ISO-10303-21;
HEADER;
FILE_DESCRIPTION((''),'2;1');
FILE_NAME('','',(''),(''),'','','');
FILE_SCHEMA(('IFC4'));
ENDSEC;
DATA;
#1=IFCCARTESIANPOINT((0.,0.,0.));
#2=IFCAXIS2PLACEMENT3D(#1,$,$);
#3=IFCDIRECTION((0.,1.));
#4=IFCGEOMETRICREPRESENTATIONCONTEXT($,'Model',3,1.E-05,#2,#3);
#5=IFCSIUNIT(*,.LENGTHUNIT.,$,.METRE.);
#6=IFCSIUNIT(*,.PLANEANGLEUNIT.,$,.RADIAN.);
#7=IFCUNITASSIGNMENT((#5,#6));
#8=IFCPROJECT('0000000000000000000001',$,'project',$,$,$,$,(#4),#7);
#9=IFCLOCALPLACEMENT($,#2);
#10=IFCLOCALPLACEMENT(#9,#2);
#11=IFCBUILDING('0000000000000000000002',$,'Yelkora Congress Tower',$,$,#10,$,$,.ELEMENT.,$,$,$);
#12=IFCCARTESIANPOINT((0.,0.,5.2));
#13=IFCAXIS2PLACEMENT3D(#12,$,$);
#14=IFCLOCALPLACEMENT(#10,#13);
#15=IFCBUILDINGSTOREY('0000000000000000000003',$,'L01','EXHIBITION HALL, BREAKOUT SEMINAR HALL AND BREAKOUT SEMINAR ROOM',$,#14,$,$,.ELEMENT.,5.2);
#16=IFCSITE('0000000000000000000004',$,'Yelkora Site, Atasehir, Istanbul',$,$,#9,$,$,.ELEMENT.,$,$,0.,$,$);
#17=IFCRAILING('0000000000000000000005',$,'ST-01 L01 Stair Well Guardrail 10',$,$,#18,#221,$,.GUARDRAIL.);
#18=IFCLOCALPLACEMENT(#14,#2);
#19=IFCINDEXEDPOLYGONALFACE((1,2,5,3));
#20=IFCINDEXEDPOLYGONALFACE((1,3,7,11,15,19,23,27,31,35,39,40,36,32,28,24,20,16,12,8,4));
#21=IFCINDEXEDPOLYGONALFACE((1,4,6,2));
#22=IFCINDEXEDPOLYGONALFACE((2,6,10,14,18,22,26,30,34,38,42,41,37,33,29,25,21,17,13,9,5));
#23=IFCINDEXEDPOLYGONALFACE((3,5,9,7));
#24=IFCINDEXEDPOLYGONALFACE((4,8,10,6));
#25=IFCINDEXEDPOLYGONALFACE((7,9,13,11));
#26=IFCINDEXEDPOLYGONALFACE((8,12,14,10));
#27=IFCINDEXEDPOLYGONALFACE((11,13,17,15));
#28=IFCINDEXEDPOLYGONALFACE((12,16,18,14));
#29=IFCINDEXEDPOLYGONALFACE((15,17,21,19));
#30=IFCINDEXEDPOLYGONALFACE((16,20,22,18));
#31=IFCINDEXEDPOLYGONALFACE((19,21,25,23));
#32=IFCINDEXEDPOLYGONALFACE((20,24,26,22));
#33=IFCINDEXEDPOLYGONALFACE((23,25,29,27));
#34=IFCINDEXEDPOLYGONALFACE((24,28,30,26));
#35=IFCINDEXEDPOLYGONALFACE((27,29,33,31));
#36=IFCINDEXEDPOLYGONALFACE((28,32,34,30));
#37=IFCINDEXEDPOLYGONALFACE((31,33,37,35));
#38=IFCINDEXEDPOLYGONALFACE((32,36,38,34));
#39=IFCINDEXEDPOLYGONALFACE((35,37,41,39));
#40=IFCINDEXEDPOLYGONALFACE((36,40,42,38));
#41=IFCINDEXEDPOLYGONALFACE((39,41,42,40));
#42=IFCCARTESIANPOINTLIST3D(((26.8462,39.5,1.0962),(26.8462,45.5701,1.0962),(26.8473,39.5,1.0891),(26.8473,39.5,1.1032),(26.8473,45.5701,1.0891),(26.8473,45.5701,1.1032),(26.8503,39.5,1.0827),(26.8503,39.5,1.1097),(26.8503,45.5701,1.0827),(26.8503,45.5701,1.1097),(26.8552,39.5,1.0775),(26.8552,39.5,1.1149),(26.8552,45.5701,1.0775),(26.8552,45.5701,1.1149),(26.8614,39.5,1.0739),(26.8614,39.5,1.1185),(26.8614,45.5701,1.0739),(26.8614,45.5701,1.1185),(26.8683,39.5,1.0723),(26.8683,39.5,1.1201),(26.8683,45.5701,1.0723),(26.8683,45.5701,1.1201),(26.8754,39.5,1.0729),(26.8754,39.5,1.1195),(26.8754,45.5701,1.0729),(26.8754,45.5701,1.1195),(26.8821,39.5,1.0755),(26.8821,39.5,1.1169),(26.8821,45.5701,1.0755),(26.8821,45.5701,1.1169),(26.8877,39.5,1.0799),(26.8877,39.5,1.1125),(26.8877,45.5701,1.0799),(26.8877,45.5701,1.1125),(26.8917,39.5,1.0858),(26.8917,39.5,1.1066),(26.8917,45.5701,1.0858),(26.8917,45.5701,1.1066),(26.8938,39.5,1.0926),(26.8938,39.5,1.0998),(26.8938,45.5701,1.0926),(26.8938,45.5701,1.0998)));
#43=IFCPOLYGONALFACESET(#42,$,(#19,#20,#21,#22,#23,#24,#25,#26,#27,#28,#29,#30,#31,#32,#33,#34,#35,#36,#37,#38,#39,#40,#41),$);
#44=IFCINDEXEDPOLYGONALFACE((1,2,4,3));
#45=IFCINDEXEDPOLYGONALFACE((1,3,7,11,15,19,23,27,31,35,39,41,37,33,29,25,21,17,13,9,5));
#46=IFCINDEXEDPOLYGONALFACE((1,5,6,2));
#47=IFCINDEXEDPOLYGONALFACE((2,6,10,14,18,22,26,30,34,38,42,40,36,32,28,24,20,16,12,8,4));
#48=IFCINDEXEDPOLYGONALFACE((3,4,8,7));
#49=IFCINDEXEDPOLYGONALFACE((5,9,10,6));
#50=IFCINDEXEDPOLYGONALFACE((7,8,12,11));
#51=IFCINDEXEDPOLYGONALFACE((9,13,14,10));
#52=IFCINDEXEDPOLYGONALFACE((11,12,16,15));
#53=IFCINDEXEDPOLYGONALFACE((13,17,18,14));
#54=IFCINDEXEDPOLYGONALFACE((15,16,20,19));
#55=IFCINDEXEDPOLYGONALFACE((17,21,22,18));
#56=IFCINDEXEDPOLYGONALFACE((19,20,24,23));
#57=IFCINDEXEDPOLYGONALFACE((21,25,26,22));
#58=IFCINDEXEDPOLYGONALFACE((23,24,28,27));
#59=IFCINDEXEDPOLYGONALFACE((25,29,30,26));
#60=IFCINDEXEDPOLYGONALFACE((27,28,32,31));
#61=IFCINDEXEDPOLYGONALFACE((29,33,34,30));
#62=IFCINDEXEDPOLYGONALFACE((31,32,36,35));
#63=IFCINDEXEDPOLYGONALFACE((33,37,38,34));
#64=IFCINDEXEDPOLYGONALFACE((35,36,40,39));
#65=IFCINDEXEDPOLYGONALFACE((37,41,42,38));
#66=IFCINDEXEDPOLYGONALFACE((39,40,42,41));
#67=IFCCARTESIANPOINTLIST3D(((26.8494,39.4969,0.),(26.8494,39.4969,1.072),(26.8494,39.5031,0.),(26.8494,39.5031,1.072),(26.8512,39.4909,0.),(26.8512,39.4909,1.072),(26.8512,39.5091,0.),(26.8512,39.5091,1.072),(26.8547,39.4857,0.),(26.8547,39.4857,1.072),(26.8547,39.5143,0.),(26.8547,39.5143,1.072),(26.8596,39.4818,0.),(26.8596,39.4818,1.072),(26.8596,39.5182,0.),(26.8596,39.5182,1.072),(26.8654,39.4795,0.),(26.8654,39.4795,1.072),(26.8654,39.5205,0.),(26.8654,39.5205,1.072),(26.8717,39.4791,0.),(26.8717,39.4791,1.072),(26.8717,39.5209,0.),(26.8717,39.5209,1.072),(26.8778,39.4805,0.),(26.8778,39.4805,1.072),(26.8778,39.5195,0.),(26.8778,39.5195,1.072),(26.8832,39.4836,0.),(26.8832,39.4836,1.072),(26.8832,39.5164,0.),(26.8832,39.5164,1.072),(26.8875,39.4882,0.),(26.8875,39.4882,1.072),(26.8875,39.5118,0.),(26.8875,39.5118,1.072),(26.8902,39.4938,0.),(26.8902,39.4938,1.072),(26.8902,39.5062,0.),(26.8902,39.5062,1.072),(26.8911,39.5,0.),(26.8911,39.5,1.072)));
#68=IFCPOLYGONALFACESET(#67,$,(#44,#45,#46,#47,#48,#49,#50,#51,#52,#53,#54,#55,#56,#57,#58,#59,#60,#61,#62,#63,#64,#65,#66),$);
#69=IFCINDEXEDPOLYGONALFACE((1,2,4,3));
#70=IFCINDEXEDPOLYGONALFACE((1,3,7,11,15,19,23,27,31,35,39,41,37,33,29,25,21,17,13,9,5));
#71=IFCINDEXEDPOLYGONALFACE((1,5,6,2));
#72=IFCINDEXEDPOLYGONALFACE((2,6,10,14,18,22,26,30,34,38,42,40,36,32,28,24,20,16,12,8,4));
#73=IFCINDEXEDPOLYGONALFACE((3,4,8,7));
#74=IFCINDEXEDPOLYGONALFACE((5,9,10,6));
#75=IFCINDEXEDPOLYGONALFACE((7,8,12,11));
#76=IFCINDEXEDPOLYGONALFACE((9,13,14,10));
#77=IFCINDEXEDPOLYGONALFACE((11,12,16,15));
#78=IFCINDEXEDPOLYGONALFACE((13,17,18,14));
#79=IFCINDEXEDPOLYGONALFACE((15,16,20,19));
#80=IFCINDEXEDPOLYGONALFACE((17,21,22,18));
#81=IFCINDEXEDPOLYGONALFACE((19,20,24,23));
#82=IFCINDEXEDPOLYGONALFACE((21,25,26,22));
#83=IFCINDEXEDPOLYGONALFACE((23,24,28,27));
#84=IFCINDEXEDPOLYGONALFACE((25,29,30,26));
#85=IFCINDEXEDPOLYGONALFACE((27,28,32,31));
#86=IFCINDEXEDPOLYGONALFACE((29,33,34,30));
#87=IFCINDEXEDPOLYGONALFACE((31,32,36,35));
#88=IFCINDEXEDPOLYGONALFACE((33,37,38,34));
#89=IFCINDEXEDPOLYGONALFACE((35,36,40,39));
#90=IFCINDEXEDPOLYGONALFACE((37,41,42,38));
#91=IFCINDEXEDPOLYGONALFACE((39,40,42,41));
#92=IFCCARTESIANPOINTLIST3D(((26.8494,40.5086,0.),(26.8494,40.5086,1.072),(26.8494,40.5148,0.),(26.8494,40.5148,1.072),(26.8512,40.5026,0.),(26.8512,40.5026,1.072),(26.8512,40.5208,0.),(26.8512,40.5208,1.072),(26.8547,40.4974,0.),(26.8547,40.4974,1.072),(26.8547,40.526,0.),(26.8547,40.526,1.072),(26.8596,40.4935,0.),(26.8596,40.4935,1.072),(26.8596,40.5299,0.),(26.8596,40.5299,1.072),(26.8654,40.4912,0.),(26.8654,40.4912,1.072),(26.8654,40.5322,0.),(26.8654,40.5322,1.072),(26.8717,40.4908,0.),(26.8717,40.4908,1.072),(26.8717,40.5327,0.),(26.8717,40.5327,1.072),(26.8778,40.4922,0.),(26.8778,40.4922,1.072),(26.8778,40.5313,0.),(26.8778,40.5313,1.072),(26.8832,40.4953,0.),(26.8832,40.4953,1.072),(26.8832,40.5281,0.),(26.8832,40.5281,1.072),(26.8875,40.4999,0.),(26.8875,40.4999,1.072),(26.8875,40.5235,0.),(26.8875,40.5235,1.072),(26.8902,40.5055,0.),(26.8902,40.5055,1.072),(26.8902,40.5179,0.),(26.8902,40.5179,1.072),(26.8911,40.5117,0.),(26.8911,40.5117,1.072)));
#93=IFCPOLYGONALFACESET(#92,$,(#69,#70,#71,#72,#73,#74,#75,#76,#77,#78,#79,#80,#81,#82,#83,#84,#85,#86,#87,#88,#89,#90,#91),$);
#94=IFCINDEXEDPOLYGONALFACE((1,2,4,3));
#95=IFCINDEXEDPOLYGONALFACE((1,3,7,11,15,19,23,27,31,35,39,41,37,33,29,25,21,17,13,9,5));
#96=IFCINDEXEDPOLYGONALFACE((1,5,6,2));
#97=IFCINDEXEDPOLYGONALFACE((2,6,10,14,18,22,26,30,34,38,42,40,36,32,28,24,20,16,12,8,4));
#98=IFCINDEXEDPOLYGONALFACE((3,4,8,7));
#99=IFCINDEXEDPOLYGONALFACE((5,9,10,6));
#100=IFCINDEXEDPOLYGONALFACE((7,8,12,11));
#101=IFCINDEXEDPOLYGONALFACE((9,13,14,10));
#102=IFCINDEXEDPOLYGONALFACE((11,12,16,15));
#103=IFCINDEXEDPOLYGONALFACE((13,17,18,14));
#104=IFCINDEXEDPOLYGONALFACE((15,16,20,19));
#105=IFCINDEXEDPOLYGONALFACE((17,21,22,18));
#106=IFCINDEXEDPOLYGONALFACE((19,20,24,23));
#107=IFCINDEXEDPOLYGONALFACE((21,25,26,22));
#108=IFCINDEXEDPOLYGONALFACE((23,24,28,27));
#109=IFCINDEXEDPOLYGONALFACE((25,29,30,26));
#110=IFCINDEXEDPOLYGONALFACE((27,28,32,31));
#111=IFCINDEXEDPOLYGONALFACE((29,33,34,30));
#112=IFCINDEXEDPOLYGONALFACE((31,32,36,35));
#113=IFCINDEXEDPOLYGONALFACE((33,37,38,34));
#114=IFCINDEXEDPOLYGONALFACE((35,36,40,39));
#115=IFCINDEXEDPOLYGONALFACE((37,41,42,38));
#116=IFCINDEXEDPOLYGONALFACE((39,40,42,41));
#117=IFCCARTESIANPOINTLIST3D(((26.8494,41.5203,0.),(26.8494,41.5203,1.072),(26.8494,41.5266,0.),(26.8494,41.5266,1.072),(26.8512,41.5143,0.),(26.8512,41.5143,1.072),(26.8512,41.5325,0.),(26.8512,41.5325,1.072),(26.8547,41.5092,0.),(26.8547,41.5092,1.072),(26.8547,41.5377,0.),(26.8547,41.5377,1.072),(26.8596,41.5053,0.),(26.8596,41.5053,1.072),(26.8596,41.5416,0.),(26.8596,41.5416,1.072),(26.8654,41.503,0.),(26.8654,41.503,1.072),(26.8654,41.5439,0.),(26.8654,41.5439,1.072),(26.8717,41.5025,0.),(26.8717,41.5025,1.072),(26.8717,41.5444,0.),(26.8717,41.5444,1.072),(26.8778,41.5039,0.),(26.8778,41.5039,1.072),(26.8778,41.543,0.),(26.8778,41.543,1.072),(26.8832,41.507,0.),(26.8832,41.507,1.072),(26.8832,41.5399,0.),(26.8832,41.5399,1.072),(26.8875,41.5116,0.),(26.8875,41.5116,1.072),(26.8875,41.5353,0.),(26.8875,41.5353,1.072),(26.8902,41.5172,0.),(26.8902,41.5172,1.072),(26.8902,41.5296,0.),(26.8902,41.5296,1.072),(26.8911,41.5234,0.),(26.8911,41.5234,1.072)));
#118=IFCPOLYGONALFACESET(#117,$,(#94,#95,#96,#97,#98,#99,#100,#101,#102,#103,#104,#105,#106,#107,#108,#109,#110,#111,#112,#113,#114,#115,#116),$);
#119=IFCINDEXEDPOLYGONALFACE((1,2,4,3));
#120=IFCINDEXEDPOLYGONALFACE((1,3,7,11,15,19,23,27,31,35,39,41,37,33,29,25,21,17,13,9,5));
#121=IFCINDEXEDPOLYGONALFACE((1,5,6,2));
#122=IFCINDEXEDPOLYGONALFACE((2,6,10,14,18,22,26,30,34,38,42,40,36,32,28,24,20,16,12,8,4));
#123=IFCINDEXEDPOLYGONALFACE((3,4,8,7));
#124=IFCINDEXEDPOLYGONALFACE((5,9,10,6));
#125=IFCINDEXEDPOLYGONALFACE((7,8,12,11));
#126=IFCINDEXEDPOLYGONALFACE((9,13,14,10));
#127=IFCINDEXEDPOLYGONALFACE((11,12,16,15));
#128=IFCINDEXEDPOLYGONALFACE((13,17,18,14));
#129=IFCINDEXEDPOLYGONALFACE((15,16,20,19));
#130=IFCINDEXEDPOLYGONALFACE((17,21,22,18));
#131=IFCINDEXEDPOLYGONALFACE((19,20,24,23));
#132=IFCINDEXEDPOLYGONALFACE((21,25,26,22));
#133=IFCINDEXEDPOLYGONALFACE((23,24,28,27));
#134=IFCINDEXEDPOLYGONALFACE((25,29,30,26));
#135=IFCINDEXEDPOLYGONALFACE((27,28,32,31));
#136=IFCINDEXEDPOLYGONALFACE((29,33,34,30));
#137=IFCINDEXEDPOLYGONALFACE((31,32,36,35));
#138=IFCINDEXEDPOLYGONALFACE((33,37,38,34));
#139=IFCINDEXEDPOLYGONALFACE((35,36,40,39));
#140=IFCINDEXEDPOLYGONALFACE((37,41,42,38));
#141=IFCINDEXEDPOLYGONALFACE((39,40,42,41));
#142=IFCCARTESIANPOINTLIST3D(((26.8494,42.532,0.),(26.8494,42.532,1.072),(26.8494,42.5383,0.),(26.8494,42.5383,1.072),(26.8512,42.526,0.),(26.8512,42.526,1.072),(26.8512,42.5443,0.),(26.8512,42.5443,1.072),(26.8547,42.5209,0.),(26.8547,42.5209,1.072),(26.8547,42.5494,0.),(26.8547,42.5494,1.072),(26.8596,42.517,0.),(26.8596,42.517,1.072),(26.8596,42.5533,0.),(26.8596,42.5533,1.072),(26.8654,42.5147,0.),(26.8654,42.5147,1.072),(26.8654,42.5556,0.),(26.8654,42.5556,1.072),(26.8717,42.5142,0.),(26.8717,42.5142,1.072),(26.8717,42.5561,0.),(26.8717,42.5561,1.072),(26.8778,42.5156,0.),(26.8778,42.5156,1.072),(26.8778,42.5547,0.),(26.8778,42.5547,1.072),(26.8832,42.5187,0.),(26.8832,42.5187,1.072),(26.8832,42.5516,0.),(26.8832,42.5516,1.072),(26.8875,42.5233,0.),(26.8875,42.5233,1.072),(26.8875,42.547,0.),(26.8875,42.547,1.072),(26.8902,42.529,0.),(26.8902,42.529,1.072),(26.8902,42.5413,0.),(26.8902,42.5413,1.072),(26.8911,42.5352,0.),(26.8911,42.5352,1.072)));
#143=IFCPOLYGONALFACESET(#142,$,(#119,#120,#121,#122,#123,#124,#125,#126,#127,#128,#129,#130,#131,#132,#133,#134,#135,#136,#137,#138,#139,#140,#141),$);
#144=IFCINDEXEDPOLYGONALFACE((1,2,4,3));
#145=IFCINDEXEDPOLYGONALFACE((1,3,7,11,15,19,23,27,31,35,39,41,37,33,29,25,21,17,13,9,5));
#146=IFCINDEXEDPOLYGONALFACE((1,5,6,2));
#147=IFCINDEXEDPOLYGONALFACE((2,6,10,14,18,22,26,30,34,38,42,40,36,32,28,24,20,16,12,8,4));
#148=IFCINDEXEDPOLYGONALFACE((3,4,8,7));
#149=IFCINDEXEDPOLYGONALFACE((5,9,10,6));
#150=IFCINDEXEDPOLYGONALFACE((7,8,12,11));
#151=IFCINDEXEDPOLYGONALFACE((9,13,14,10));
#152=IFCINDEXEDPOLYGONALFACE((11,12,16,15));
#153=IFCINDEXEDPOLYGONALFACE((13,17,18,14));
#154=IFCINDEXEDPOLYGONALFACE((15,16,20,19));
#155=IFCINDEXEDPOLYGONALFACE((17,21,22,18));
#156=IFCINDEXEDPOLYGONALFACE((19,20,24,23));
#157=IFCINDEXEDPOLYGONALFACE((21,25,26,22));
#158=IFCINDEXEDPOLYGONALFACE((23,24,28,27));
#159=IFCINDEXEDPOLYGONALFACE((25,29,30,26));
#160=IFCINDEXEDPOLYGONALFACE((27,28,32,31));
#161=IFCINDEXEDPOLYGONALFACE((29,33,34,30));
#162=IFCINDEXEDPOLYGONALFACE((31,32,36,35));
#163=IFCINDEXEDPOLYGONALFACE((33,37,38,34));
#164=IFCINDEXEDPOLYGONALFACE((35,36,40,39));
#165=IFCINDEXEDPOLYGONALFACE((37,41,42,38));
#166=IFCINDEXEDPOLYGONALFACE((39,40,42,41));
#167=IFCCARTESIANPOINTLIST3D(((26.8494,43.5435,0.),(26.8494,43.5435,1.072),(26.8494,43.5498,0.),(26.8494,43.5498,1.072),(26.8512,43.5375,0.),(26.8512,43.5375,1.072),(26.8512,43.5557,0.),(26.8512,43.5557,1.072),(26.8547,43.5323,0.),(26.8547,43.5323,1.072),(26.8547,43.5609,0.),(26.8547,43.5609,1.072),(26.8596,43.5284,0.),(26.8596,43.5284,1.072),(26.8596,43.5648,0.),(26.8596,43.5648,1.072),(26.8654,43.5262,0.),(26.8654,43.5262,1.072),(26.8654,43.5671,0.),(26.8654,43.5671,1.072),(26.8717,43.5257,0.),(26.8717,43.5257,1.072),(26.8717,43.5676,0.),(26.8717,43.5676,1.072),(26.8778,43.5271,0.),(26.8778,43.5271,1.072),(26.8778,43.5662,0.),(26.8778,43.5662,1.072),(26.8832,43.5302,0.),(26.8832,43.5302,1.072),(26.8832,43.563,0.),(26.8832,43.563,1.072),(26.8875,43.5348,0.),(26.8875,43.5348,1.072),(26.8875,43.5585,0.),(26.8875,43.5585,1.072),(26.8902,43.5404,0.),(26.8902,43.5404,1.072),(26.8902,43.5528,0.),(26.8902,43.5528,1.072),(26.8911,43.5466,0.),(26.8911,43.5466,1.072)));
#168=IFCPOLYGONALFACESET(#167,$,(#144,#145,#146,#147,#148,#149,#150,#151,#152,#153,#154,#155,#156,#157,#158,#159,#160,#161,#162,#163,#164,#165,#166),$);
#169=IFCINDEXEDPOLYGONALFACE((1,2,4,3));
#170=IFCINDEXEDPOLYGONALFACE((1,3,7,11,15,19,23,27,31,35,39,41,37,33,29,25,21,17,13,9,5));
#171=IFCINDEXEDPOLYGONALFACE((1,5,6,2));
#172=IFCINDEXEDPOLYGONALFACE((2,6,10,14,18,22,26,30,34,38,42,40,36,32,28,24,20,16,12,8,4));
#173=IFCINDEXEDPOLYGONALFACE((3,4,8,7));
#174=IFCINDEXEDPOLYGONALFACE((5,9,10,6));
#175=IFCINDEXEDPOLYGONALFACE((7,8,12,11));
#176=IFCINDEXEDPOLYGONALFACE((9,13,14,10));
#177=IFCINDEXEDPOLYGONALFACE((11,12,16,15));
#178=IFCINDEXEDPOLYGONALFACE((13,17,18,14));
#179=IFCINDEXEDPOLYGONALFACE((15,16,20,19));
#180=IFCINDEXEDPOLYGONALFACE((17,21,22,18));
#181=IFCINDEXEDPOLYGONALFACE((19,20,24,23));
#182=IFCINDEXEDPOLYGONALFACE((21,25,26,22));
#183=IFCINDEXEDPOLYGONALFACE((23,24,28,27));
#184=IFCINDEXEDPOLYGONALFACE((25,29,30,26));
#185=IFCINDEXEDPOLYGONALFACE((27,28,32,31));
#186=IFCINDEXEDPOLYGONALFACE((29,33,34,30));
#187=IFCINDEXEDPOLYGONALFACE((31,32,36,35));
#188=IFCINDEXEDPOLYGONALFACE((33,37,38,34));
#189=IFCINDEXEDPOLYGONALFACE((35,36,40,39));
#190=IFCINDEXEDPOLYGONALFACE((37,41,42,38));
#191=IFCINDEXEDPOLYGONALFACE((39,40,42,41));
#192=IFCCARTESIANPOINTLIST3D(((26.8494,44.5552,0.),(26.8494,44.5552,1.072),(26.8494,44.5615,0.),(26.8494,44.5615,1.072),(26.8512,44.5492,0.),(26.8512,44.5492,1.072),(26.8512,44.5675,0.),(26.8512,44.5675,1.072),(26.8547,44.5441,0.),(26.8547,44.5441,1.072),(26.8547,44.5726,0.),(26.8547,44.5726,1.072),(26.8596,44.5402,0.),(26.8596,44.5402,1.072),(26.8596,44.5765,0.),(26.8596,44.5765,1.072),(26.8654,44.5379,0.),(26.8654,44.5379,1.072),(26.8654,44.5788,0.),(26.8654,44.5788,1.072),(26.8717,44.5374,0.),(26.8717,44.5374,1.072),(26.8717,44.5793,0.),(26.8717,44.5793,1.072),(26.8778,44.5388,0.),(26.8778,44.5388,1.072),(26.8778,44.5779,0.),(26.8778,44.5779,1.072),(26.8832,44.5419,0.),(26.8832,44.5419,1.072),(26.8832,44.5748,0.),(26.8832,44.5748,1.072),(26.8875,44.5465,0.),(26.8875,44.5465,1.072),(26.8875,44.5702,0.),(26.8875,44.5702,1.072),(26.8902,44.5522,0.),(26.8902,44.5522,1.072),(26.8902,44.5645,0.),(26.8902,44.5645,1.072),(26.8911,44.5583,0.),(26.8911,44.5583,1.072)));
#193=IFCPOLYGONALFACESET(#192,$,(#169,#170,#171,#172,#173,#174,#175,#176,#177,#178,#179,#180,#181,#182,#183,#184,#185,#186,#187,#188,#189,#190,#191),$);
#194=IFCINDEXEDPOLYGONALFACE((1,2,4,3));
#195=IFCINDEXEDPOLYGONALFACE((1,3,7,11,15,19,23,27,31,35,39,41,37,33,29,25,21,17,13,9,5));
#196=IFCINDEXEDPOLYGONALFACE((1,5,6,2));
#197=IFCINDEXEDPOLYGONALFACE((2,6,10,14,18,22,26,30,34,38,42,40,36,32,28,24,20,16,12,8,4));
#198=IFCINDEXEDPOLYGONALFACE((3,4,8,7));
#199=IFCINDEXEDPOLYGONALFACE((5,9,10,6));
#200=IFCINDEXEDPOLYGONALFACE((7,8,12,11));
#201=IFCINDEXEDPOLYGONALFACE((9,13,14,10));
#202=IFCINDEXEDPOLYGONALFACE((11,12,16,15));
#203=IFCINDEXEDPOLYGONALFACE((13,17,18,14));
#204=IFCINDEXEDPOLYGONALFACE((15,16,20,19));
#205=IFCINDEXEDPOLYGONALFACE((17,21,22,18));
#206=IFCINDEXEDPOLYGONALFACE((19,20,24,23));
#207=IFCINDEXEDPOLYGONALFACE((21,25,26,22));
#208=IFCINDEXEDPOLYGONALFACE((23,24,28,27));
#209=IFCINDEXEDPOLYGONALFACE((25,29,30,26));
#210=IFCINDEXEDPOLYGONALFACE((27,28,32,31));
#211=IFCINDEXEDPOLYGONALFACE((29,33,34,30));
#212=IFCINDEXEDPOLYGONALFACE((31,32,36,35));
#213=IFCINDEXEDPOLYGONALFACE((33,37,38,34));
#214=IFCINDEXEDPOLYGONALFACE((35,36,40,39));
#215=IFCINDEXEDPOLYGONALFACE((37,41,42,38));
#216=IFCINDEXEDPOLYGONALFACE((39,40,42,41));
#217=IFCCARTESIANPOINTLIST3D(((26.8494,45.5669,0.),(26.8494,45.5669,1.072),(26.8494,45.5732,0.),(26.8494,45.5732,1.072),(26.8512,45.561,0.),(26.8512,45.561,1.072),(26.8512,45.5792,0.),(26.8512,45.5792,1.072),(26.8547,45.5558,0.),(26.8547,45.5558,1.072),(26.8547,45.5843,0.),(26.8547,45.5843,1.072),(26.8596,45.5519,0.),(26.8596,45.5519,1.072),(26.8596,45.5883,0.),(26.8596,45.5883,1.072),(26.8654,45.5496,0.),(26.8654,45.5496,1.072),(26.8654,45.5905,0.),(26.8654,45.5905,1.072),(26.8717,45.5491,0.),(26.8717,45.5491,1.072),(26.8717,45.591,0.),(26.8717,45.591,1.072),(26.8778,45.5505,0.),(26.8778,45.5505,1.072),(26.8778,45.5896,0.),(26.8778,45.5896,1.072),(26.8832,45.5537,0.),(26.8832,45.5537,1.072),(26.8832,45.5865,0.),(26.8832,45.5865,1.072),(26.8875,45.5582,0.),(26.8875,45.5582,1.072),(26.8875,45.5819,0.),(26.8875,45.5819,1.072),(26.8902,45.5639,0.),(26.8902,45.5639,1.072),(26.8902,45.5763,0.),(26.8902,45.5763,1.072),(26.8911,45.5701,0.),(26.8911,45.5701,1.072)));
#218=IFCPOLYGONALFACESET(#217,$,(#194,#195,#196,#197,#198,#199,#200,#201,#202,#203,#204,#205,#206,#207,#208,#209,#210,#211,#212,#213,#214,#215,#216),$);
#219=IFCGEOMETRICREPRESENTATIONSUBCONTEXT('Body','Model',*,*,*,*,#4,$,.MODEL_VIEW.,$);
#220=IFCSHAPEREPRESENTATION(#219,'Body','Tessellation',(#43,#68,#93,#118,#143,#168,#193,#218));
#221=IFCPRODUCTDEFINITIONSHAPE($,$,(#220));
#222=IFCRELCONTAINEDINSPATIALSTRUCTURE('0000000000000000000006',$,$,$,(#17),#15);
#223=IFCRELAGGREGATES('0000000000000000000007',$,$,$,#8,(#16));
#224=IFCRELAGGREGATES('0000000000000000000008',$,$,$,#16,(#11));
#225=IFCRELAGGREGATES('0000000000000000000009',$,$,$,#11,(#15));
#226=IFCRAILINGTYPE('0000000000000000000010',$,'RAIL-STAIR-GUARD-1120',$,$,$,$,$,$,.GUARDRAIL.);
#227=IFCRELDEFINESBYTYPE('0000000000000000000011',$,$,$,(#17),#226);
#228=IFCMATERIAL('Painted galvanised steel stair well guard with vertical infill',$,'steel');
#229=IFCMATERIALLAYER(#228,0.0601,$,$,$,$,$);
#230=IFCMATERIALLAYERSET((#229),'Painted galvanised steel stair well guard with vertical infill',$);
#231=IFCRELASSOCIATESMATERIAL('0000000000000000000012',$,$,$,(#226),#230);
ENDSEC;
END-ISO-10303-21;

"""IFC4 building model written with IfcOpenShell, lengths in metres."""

from ifc_helpers import new_model, si_unit, direction, frame, origin, origin_2d, place, context, subcontext, project, spatial, circle, extrude, material, layer, layer_set, type_object, element, save


model = new_model("IFC4")

# Units and contexts
model_context = context("Model", 3, precision=1e-05, world=origin(), true_north=direction((0.0, 1.0)))
body_context = subcontext(model_context, "Body", "Model", "MODEL_VIEW")
ifc_project = project(units=[si_unit("LENGTHUNIT", "METRE"), si_unit("PLANEANGLEUNIT", "RADIAN")], contexts=[model_context])

# Site, building, storey
site_placement = place(None, origin())
site = spatial("IfcSite", under=ifc_project, at=site_placement, Name="Yelkora Site, Atasehir, Istanbul", CompositionType="ELEMENT", RefElevation=0.0)
building_placement = place(site_placement, origin())
building = spatial("IfcBuilding", under=site, at=building_placement, Name="Yelkora Congress Tower", CompositionType="ELEMENT")
storey_placement = place(building_placement, frame((0.0, 0.0, 5.2)))
storey = spatial("IfcBuildingStorey", under=building, at=storey_placement, Name="L01", Description="EXHIBITION HALL, BREAKOUT SEMINAR HALL AND BREAKOUT SEMINAR ROOM", CompositionType="ELEMENT", Elevation=5.2)

# Railing
ifc_material_1 = material(Name="Painted galvanised steel stair well guard with vertical infill", Category="steel")
ifc_layer_1 = layer(ifc_material_1, 0.0601)
ifc_layer_set_1 = layer_set([ifc_layer_1], Name="Painted galvanised steel stair well guard with vertical infill")
railing_type_1 = type_object("IfcRailingType", Name="RAIL-STAIR-GUARD-1120", PredefinedType="GUARDRAIL", material=ifc_layer_set_1)
railing_1_placement = place(storey_placement, frame((26.8701, 39.5, 0.0)))
element("IfcRailing", 1, at=railing_1_placement, inside=storey, type_object=railing_type_1, Name="ST-01 L01 Stair Well Guardrail 10", PredefinedType="GUARDRAIL", context=body_context, shape_type="SweptSolid", body=[
    extrude(circle(Radius=0.0239, at=origin_2d()), frame((0.0, 0.0, 1.0962), z_axis=(0.0, 1.0, 0.0), x_axis=(-1.0, 0.0, 0.0)), (0.0, 0.0, 1.0), 6.0701),
    extrude(circle(Radius=0.021, at=origin_2d()), origin(), (0.0, 0.0, 1.0), 1.072),
    extrude(circle(Radius=0.021, at=origin_2d()), frame((0.0, 1.0117, 0.0)), (0.0, 0.0, 1.0), 1.072),
    extrude(circle(Radius=0.021, at=origin_2d()), frame((0.0, 2.0234, 0.0)), (0.0, 0.0, 1.0), 1.072),
    extrude(circle(Radius=0.021, at=origin_2d()), frame((0.0, 3.0352, 0.0)), (0.0, 0.0, 1.0), 1.072),
    extrude(circle(Radius=0.021, at=origin_2d()), frame((0.0, 4.0466, 0.0)), (0.0, 0.0, 1.0), 1.072),
    extrude(circle(Radius=0.021, at=origin_2d()), frame((0.0, 5.0583, 0.0)), (0.0, 0.0, 1.0), 1.072),
    extrude(circle(Radius=0.021, at=origin_2d()), frame((0.0, 6.0701, 0.0)), (0.0, 0.0, 1.0), 1.072),
])

save(model, "model.ifc")
